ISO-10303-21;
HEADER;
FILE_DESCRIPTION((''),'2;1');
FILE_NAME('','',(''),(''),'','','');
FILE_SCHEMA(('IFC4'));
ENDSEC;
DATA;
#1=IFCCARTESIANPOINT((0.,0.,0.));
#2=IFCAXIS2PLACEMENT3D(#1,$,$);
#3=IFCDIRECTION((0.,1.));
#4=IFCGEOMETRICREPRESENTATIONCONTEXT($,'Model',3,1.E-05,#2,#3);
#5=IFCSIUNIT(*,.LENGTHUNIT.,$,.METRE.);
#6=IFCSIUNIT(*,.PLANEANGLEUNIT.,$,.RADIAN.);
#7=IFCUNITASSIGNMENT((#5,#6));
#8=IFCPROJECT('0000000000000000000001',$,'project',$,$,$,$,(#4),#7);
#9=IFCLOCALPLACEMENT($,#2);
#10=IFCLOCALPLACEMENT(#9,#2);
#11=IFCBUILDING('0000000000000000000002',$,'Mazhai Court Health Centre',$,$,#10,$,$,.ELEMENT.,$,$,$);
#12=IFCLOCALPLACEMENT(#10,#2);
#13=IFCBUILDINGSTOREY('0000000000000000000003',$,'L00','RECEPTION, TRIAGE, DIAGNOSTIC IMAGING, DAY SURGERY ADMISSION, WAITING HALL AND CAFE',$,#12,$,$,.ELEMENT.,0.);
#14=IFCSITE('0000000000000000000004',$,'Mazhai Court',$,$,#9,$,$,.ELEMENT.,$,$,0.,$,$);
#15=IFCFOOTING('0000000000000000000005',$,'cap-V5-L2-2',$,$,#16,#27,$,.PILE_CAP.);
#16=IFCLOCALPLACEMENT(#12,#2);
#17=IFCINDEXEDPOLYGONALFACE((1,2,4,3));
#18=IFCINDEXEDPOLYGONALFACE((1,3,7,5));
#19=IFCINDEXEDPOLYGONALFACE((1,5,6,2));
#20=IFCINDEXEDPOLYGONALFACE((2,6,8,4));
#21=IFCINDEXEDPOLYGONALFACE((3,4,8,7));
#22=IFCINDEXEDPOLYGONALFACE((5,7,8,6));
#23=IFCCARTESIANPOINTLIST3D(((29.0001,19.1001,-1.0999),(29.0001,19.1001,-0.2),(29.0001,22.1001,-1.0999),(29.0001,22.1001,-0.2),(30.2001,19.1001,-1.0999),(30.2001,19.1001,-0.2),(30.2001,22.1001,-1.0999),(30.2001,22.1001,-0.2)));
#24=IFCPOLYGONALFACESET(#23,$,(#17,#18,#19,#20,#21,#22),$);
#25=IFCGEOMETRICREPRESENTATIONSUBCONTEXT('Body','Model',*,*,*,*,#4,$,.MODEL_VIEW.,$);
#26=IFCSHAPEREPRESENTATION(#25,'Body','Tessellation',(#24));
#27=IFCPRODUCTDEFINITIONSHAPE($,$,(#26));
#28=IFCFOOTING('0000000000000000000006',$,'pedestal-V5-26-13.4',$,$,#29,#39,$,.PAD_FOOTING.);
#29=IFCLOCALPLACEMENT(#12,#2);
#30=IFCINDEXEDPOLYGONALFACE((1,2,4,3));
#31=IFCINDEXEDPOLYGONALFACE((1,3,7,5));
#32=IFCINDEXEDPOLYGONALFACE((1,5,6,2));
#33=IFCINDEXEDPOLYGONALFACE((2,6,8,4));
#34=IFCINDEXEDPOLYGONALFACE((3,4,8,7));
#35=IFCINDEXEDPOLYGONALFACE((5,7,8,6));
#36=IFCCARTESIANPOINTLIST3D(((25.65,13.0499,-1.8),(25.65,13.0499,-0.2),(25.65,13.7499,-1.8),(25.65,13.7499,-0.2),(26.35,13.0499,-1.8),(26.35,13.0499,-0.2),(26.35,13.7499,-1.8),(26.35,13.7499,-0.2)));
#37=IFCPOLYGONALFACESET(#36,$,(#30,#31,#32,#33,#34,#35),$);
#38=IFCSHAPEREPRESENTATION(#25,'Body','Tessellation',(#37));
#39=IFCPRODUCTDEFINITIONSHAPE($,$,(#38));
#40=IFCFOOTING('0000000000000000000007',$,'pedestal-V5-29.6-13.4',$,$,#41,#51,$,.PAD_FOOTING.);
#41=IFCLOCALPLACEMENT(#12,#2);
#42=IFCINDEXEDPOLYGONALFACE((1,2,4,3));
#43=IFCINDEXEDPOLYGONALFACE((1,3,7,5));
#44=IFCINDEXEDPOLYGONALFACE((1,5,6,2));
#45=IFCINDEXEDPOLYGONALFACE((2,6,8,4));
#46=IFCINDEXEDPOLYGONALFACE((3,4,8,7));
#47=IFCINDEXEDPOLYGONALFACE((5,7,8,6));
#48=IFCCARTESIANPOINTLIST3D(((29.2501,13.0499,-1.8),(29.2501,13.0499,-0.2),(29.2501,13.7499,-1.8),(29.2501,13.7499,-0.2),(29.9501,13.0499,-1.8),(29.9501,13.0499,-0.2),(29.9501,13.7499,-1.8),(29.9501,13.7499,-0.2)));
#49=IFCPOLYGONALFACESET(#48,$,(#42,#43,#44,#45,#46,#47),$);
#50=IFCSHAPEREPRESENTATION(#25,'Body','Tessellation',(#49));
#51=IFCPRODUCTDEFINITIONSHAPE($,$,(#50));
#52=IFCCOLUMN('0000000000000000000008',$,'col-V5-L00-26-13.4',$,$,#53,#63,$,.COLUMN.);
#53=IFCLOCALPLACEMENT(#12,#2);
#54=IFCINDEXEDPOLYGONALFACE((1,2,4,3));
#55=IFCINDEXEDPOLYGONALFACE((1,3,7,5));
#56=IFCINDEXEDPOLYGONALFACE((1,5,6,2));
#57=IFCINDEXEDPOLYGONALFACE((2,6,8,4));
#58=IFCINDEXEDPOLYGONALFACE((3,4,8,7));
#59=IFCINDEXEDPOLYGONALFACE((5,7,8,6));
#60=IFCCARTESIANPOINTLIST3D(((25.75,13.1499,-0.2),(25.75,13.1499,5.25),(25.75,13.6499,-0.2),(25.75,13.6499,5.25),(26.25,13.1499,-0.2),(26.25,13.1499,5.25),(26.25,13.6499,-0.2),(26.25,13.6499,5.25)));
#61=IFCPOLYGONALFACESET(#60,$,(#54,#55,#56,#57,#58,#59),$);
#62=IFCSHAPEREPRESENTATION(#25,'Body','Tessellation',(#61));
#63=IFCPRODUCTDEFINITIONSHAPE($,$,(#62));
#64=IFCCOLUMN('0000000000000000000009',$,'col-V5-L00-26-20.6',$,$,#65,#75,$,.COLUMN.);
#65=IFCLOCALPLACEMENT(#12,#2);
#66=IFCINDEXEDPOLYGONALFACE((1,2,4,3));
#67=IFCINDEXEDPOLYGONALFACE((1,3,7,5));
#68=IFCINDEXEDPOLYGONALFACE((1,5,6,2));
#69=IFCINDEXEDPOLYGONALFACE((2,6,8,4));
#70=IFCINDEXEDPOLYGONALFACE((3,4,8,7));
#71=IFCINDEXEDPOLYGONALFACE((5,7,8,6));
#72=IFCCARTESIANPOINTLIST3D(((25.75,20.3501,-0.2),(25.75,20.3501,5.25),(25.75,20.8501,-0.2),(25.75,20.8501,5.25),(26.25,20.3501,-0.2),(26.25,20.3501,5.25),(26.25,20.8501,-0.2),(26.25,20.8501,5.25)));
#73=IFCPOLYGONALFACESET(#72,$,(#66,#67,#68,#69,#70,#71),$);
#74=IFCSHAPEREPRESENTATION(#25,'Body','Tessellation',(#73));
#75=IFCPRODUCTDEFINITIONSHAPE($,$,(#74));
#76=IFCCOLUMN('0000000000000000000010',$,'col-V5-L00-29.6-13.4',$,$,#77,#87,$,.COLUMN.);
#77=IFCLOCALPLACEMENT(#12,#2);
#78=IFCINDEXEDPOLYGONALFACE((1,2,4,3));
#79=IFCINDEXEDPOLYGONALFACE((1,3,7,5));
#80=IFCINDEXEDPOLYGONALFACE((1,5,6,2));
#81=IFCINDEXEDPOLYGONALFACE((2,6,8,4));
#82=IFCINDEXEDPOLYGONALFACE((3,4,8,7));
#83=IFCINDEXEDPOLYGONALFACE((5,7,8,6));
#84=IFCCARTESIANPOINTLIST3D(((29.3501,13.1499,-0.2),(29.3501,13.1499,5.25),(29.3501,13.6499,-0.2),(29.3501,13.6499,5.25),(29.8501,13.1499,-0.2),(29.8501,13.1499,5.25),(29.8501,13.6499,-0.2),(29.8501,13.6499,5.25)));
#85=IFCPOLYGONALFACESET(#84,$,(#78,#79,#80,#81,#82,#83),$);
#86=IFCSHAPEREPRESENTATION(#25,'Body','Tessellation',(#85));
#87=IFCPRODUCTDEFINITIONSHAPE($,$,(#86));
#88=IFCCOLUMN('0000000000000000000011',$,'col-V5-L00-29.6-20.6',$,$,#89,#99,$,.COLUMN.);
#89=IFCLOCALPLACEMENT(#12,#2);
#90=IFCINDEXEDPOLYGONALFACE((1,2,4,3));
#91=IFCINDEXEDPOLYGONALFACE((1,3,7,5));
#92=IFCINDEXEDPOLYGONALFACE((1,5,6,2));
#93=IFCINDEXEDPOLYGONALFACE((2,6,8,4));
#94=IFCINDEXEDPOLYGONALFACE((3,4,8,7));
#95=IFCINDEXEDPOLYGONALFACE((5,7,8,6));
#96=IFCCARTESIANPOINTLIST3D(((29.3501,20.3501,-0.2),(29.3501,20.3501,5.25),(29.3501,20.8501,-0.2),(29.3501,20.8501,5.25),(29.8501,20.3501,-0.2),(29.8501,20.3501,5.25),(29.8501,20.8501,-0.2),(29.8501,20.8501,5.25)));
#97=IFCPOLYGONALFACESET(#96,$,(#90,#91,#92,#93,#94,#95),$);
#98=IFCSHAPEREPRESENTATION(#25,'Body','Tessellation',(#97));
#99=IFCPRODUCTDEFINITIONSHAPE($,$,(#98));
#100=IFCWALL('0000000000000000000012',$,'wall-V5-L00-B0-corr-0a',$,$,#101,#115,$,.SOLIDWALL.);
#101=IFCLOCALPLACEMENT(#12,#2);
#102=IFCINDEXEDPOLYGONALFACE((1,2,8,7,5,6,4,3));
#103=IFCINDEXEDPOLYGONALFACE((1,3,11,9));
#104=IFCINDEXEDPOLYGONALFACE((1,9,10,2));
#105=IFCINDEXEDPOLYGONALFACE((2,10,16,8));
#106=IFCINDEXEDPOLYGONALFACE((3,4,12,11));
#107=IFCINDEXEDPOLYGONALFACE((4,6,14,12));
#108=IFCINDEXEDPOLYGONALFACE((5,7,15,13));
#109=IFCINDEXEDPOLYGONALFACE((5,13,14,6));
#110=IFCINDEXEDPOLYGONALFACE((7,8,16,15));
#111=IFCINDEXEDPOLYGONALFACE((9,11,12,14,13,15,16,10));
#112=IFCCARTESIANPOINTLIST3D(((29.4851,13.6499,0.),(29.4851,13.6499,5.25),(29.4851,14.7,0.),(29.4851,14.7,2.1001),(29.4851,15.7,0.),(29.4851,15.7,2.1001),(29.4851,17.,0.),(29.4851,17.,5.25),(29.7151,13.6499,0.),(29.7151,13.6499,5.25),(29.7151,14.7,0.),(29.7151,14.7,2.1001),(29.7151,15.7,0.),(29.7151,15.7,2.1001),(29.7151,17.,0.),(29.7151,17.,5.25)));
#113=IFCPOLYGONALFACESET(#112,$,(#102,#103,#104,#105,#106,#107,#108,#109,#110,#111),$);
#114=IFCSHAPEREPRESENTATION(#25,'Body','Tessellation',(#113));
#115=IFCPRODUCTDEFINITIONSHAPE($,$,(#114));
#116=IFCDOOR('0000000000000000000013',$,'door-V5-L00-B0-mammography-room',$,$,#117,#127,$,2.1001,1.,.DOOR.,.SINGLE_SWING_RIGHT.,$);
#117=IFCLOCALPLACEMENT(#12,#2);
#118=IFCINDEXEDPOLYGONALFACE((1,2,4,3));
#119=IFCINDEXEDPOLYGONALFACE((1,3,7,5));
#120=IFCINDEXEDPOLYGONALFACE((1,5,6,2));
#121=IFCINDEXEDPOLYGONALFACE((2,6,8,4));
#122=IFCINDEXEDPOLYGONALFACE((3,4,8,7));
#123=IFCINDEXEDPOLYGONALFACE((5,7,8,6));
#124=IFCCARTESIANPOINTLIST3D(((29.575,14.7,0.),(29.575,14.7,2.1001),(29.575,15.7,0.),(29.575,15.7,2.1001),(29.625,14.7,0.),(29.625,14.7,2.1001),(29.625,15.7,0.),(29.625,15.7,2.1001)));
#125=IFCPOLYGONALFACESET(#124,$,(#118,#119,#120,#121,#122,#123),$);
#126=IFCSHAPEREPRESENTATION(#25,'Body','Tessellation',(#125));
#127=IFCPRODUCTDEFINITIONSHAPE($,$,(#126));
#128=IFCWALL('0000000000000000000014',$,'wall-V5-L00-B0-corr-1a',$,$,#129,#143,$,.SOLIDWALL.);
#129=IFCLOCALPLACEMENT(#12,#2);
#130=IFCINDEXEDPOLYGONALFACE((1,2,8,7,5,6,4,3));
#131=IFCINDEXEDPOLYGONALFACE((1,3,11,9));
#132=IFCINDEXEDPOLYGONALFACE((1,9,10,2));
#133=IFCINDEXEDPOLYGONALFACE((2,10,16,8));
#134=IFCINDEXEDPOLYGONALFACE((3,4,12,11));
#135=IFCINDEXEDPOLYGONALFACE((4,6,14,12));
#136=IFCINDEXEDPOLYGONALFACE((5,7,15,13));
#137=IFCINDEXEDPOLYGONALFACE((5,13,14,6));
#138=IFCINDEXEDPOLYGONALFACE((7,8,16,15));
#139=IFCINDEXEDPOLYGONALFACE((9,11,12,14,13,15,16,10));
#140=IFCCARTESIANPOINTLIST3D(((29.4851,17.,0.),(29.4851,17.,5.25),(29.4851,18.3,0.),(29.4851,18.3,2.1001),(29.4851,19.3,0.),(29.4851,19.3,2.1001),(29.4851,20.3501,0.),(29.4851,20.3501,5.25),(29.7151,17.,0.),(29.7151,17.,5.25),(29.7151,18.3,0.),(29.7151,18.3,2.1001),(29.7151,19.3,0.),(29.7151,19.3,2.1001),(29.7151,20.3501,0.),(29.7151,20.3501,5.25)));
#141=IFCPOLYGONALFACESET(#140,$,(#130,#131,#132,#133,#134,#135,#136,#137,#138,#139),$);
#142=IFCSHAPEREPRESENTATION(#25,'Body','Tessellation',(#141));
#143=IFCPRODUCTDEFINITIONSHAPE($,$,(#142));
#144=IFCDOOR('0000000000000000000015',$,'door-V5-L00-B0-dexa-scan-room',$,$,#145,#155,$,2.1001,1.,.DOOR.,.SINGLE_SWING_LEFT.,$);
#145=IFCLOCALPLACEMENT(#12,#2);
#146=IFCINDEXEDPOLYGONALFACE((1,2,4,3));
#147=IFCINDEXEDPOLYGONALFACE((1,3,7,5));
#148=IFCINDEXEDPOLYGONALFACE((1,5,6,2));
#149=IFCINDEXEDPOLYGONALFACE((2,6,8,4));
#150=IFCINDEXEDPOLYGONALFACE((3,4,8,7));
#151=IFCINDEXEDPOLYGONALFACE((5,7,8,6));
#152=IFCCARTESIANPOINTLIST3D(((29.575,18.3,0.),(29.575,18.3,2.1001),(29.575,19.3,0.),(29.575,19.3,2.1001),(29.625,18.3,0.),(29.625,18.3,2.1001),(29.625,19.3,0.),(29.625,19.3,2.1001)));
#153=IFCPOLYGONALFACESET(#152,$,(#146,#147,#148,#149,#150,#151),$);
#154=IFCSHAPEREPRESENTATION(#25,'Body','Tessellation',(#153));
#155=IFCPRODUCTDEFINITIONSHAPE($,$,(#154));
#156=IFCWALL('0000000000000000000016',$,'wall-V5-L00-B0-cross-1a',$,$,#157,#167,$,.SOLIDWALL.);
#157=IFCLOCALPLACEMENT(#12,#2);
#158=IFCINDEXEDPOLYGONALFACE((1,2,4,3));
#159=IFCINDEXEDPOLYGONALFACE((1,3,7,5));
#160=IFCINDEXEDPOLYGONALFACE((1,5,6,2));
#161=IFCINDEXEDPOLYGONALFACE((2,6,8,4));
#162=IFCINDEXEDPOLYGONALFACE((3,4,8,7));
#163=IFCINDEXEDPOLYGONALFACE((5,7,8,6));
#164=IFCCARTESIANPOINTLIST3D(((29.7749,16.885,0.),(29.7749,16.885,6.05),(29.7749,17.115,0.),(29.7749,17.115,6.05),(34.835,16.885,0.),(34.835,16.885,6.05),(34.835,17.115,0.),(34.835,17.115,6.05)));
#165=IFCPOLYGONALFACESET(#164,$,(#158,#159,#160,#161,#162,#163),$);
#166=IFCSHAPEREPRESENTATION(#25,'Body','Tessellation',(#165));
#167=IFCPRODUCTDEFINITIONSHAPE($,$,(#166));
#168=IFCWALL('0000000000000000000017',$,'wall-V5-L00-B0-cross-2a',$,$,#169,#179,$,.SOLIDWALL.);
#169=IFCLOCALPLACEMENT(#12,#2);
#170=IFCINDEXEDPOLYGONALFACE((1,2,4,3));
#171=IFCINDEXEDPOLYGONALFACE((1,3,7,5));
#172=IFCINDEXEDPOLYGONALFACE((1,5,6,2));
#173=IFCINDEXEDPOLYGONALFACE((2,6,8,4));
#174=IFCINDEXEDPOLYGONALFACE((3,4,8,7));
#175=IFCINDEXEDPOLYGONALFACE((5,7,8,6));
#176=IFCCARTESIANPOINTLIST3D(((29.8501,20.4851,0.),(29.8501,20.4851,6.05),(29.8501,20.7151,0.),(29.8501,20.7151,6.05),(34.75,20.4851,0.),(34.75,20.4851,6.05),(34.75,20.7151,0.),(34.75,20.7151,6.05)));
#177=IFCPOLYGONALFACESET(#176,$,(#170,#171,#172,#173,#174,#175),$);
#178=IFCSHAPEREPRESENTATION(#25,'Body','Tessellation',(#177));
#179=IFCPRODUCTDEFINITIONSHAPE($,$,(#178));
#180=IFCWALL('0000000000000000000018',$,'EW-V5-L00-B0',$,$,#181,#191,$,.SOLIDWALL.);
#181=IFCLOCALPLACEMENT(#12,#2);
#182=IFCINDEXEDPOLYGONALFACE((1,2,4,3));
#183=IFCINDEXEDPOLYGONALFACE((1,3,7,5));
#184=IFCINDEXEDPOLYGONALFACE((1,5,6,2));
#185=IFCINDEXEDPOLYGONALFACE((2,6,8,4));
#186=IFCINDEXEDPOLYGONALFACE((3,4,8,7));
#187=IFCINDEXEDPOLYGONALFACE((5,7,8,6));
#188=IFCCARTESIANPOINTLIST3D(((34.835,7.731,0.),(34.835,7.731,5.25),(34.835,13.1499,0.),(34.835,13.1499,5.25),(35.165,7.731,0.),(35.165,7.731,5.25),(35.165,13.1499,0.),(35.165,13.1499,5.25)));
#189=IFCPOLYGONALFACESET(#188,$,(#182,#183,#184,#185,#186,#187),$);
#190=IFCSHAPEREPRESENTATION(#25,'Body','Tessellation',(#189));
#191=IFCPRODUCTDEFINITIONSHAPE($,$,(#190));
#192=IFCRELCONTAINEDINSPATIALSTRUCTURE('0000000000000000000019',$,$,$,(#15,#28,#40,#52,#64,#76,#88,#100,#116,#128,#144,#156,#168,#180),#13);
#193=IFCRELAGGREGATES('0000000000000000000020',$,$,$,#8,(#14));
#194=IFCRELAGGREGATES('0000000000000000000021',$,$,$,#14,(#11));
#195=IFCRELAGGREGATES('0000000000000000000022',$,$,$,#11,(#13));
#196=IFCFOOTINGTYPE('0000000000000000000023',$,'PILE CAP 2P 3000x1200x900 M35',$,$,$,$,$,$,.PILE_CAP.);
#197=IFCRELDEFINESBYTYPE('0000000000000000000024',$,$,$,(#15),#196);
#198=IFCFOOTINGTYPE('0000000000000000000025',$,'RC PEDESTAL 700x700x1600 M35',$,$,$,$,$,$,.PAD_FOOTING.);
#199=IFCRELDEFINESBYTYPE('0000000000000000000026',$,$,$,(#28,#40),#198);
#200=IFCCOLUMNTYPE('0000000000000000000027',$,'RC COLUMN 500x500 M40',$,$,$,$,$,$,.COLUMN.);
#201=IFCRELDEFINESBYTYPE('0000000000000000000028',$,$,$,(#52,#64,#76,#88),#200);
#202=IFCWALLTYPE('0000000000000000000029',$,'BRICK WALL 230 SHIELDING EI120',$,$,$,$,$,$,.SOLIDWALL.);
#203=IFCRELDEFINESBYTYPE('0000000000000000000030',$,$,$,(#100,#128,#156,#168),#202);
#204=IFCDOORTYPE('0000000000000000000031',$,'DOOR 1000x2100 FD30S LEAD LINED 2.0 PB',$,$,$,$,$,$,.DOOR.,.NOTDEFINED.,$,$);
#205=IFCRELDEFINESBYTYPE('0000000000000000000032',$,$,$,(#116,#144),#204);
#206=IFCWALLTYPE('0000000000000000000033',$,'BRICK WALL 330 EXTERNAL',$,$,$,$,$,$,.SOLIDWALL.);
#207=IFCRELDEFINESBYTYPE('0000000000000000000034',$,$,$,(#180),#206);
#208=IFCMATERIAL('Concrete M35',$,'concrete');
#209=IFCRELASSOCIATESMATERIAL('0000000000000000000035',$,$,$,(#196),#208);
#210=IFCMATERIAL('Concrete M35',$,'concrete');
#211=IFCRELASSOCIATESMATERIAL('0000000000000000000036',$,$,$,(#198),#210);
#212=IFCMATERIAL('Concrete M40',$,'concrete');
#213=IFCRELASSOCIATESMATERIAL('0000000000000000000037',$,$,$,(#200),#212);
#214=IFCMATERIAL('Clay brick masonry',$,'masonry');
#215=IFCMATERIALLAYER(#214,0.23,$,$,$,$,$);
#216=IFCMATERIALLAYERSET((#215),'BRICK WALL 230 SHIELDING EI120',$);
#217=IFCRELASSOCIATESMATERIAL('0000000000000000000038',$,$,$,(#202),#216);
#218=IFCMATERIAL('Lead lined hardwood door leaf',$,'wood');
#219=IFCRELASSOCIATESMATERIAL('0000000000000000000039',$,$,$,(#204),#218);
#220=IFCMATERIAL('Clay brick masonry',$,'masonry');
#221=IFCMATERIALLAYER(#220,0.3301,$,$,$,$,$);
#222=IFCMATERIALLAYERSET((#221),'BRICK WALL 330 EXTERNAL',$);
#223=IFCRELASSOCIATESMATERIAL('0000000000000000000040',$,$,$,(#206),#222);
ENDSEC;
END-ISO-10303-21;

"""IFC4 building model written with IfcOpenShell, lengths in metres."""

from ifc_helpers import new_model, si_unit, direction, frame, frame_2d, origin, origin_2d, place, context, subcontext, project, spatial, rectangle, extrude, material, layer, layer_set, material_profile, profile_set, type_object, element, fill, save


model = new_model("IFC4")

# Units and contexts
model_context = context("Model", 3, precision=1e-05, world=origin(), true_north=direction((0.0, 1.0)))
body_context = subcontext(model_context, "Body", "Model", "MODEL_VIEW")
ifc_project = project(units=[si_unit("LENGTHUNIT", "METRE"), si_unit("PLANEANGLEUNIT", "RADIAN")], contexts=[model_context])

# Site, building, storey
site_placement = place(None, origin())
site = spatial("IfcSite", under=ifc_project, at=site_placement, Name="Mazhai Court", CompositionType="ELEMENT", RefElevation=0.0)
building_placement = place(site_placement, origin())
building = spatial("IfcBuilding", under=site, at=building_placement, Name="Mazhai Court Health Centre", CompositionType="ELEMENT")
storey_placement = place(building_placement, origin())
storey = spatial("IfcBuildingStorey", under=building, at=storey_placement, Name="L00", Description="RECEPTION, TRIAGE, DIAGNOSTIC IMAGING, DAY SURGERY ADMISSION, WAITING HALL AND CAFE", CompositionType="ELEMENT", Elevation=0.0)

# Footings
ifc_material_1 = material(Name="Concrete M35", Category="concrete")
footing_type_1 = type_object("IfcFootingType", Name="PILE CAP 2P 3000x1200x900 M35", PredefinedType="PILE_CAP", material=ifc_material_1)
for number, where, z_axis, x_axis, name in (
    (1, (29.6001, 20.6001, -1.0999), (0.0, 0.0, 1.0), (1.0, 0.0, 0.0), "cap-V5-L2-2"),
):
    element("IfcFooting", number, at=place(storey_placement, frame(where, z_axis=z_axis, x_axis=x_axis)), inside=storey, type_object=footing_type_1, Name=name, PredefinedType="PILE_CAP", context=body_context, shape_type="SweptSolid", body=[
        extrude(rectangle(XDim=1.2, YDim=3.0, at=origin_2d()), origin(), (0.0, 0.0, 1.0), 0.8999),
    ])
ifc_material_2 = material(Name="Concrete M35", Category="concrete")
footing_type_2 = type_object("IfcFootingType", Name="RC PEDESTAL 700x700x1600 M35", PredefinedType="PAD_FOOTING", material=ifc_material_2)
for number, where, z_axis, x_axis, name in (
    (2, (26.0, 13.3999, -1.8), (0.0, 0.0, 1.0), (1.0, 0.0, 0.0), "pedestal-V5-26-13.4"),
    (3, (29.6001, 13.3999, -1.8), (0.0, 0.0, 1.0), (1.0, 0.0, 0.0), "pedestal-V5-29.6-13.4"),
):
    element("IfcFooting", number, at=place(storey_placement, frame(where, z_axis=z_axis, x_axis=x_axis)), inside=storey, type_object=footing_type_2, Name=name, PredefinedType="PAD_FOOTING", context=body_context, shape_type="SweptSolid", body=[
        extrude(rectangle(XDim=0.7, YDim=0.7, at=origin_2d()), origin(), (0.0, 0.0, 1.0), 1.6001),
    ])

# Columns
ifc_material_3 = material(Name="Concrete M40", Category="concrete")
ifc_material_profile_1 = material_profile(ifc_material_3, rectangle(XDim=0.5, YDim=0.5, at=origin_2d()), Name="RC 500x500")
ifc_profile_set_1 = profile_set([ifc_material_profile_1], Name="Concrete M40")
column_type = type_object("IfcColumnType", Name="RC COLUMN 500x500 M40", PredefinedType="COLUMN", material=ifc_profile_set_1)
for number, where, z_axis, x_axis, name in (
    (4, (26.0, 13.3999, -0.2), (0.0, 0.0, 1.0), (1.0, 0.0, 0.0), "col-V5-L00-26-13.4"),
    (5, (26.0, 20.6001, -0.2), (0.0, 0.0, 1.0), (1.0, 0.0, 0.0), "col-V5-L00-26-20.6"),
    (6, (29.6001, 13.3999, -0.2), (0.0, 0.0, 1.0), (1.0, 0.0, 0.0), "col-V5-L00-29.6-13.4"),
    (7, (29.6001, 20.6001, -0.2), (0.0, 0.0, 1.0), (1.0, 0.0, 0.0), "col-V5-L00-29.6-20.6"),
):
    element("IfcColumn", number, at=place(storey_placement, frame(where, z_axis=z_axis, x_axis=x_axis)), inside=storey, type_object=column_type, Name=name, PredefinedType="COLUMN", context=body_context, shape_type="SweptSolid", body=[
        extrude(rectangle(XDim=0.5, YDim=0.5, at=origin_2d()), origin(), (0.0, 0.0, 1.0), 5.45),
    ])

# Walls, openings, doors
ifc_material_4 = material(Name="Clay brick masonry", Category="masonry")
ifc_layer_1 = layer(ifc_material_4, 0.23)
ifc_layer_set_1 = layer_set([ifc_layer_1], Name="BRICK WALL 230 SHIELDING EI120")
wall_type_1 = type_object("IfcWallType", Name="BRICK WALL 230 SHIELDING EI120", PredefinedType="SOLIDWALL", material=ifc_layer_set_1)
wall_1_placement = place(storey_placement, frame((29.6001, 17.0, 0.0), z_axis=(0.0, 0.0, 1.0), x_axis=(0.0, -1.0, 0.0)))
wall_1 = element("IfcWall", 8, at=wall_1_placement, inside=storey, type_object=wall_type_1, Name="wall-V5-L00-B0-corr-0a", PredefinedType="SOLIDWALL", context=body_context, shape_type="SweptSolid", body=[
    extrude(rectangle(XDim=3.3501, YDim=0.23, at=frame_2d((1.675, 0.0))), origin(), (0.0, 0.0, 1.0), 5.25),
])
opening_1_placement = place(wall_1_placement, frame((1.3, 0.0, 0.0)))
opening_1 = element("IfcOpeningElement", 9, at=opening_1_placement, cuts=wall_1, PredefinedType="OPENING", context=body_context, shape_type="SweptSolid", body=[
    extrude(rectangle(XDim=1.0, YDim=2.1001, at=frame_2d((0.5, 1.05))), frame((0.0, 0.125, 0.0), z_axis=(0.0, -1.0, 0.0), x_axis=(1.0, 0.0, 0.0)), (0.0, 0.0, 1.0), 0.25),
])
ifc_material_5 = material(Name="Lead lined hardwood door leaf", Category="wood")
door_type_1 = type_object("IfcDoorType", Name="DOOR 1000x2100 FD30S LEAD LINED 2.0 PB", OperationType="NOTDEFINED", PredefinedType="DOOR", material=ifc_material_5)
door_1_placement = place(opening_1_placement, origin())
door_1 = element("IfcDoor", 10, at=door_1_placement, inside=storey, type_object=door_type_1, Name="door-V5-L00-B0-mammography-room", OperationType="SINGLE_SWING_RIGHT", OverallHeight=2.1001, OverallWidth=1.0, PredefinedType="DOOR", context=body_context, shape_type="SweptSolid", body=[
    extrude(rectangle(XDim=1.0, YDim=2.1001, at=frame_2d((0.5, 1.05))), frame((0.0, 0.0249, 0.0), z_axis=(0.0, -1.0, 0.0), x_axis=(1.0, 0.0, 0.0)), (0.0, 0.0, 1.0), 0.05),
])
fill(opening_1, door_1)
wall_2_placement = place(storey_placement, frame((29.6001, 20.3501, 0.0), z_axis=(0.0, 0.0, 1.0), x_axis=(0.0, -1.0, 0.0)))
wall_2 = element("IfcWall", 11, at=wall_2_placement, inside=storey, type_object=wall_type_1, Name="wall-V5-L00-B0-corr-1a", PredefinedType="SOLIDWALL", context=body_context, shape_type="SweptSolid", body=[
    extrude(rectangle(XDim=3.3501, YDim=0.23, at=frame_2d((1.675, 0.0))), origin(), (0.0, 0.0, 1.0), 5.25),
])
opening_2_placement = place(wall_2_placement, frame((1.05, 0.0, 0.0)))
opening_2 = element("IfcOpeningElement", 12, at=opening_2_placement, cuts=wall_2, PredefinedType="OPENING", context=body_context, shape_type="SweptSolid", body=[
    extrude(rectangle(XDim=1.0, YDim=2.1001, at=frame_2d((0.5, 1.05))), frame((0.0, 0.125, 0.0), z_axis=(0.0, -1.0, 0.0), x_axis=(1.0, 0.0, 0.0)), (0.0, 0.0, 1.0), 0.25),
])
door_2_placement = place(opening_2_placement, origin())
door_2 = element("IfcDoor", 13, at=door_2_placement, inside=storey, type_object=door_type_1, Name="door-V5-L00-B0-dexa-scan-room", OperationType="SINGLE_SWING_LEFT", OverallHeight=2.1001, OverallWidth=1.0, PredefinedType="DOOR", context=body_context, shape_type="SweptSolid", body=[
    extrude(rectangle(XDim=1.0, YDim=2.1001, at=frame_2d((0.5, 1.05))), frame((0.0, 0.0249, 0.0), z_axis=(0.0, -1.0, 0.0), x_axis=(1.0, 0.0, 0.0)), (0.0, 0.0, 1.0), 0.05),
])
fill(opening_2, door_2)

# Walls
wall_3_placement = place(storey_placement, frame((34.835, 17.0, 0.0), z_axis=(0.0, 0.0, 1.0), x_axis=(-1.0, 0.0, 0.0)))
element("IfcWall", 14, at=wall_3_placement, inside=storey, type_object=wall_type_1, Name="wall-V5-L00-B0-cross-1a", PredefinedType="SOLIDWALL", context=body_context, shape_type="SweptSolid", body=[
    extrude(rectangle(XDim=5.0601, YDim=0.23, at=frame_2d((2.53, 0.0))), origin(), (0.0, 0.0, 1.0), 6.05),
])
wall_4_placement = place(storey_placement, frame((34.75, 20.6001, 0.0), z_axis=(0.0, 0.0, 1.0), x_axis=(-1.0, 0.0, 0.0)))
element("IfcWall", 15, at=wall_4_placement, inside=storey, type_object=wall_type_1, Name="wall-V5-L00-B0-cross-2a", PredefinedType="SOLIDWALL", context=body_context, shape_type="SweptSolid", body=[
    extrude(rectangle(XDim=4.8999, YDim=0.23, at=frame_2d((2.45, 0.0))), origin(), (0.0, 0.0, 1.0), 6.05),
])
ifc_material_6 = material(Name="Clay brick masonry", Category="masonry")
ifc_layer_2 = layer(ifc_material_6, 0.3301)
ifc_layer_set_2 = layer_set([ifc_layer_2], Name="BRICK WALL 330 EXTERNAL")
wall_type_2 = type_object("IfcWallType", Name="BRICK WALL 330 EXTERNAL", PredefinedType="SOLIDWALL", material=ifc_layer_set_2)
wall_5_placement = place(storey_placement, frame((35.0, 13.1499, 0.0), z_axis=(0.0, 0.0, 1.0), x_axis=(0.0, -1.0, 0.0)))
element("IfcWall", 16, at=wall_5_placement, inside=storey, type_object=wall_type_2, Name="EW-V5-L00-B0", PredefinedType="SOLIDWALL", context=body_context, shape_type="SweptSolid", body=[
    extrude(rectangle(XDim=5.4189, YDim=0.3301, at=frame_2d((2.7095, 0.0))), origin(), (0.0, 0.0, 1.0), 5.25),
])

save(model, "model.ifc")
